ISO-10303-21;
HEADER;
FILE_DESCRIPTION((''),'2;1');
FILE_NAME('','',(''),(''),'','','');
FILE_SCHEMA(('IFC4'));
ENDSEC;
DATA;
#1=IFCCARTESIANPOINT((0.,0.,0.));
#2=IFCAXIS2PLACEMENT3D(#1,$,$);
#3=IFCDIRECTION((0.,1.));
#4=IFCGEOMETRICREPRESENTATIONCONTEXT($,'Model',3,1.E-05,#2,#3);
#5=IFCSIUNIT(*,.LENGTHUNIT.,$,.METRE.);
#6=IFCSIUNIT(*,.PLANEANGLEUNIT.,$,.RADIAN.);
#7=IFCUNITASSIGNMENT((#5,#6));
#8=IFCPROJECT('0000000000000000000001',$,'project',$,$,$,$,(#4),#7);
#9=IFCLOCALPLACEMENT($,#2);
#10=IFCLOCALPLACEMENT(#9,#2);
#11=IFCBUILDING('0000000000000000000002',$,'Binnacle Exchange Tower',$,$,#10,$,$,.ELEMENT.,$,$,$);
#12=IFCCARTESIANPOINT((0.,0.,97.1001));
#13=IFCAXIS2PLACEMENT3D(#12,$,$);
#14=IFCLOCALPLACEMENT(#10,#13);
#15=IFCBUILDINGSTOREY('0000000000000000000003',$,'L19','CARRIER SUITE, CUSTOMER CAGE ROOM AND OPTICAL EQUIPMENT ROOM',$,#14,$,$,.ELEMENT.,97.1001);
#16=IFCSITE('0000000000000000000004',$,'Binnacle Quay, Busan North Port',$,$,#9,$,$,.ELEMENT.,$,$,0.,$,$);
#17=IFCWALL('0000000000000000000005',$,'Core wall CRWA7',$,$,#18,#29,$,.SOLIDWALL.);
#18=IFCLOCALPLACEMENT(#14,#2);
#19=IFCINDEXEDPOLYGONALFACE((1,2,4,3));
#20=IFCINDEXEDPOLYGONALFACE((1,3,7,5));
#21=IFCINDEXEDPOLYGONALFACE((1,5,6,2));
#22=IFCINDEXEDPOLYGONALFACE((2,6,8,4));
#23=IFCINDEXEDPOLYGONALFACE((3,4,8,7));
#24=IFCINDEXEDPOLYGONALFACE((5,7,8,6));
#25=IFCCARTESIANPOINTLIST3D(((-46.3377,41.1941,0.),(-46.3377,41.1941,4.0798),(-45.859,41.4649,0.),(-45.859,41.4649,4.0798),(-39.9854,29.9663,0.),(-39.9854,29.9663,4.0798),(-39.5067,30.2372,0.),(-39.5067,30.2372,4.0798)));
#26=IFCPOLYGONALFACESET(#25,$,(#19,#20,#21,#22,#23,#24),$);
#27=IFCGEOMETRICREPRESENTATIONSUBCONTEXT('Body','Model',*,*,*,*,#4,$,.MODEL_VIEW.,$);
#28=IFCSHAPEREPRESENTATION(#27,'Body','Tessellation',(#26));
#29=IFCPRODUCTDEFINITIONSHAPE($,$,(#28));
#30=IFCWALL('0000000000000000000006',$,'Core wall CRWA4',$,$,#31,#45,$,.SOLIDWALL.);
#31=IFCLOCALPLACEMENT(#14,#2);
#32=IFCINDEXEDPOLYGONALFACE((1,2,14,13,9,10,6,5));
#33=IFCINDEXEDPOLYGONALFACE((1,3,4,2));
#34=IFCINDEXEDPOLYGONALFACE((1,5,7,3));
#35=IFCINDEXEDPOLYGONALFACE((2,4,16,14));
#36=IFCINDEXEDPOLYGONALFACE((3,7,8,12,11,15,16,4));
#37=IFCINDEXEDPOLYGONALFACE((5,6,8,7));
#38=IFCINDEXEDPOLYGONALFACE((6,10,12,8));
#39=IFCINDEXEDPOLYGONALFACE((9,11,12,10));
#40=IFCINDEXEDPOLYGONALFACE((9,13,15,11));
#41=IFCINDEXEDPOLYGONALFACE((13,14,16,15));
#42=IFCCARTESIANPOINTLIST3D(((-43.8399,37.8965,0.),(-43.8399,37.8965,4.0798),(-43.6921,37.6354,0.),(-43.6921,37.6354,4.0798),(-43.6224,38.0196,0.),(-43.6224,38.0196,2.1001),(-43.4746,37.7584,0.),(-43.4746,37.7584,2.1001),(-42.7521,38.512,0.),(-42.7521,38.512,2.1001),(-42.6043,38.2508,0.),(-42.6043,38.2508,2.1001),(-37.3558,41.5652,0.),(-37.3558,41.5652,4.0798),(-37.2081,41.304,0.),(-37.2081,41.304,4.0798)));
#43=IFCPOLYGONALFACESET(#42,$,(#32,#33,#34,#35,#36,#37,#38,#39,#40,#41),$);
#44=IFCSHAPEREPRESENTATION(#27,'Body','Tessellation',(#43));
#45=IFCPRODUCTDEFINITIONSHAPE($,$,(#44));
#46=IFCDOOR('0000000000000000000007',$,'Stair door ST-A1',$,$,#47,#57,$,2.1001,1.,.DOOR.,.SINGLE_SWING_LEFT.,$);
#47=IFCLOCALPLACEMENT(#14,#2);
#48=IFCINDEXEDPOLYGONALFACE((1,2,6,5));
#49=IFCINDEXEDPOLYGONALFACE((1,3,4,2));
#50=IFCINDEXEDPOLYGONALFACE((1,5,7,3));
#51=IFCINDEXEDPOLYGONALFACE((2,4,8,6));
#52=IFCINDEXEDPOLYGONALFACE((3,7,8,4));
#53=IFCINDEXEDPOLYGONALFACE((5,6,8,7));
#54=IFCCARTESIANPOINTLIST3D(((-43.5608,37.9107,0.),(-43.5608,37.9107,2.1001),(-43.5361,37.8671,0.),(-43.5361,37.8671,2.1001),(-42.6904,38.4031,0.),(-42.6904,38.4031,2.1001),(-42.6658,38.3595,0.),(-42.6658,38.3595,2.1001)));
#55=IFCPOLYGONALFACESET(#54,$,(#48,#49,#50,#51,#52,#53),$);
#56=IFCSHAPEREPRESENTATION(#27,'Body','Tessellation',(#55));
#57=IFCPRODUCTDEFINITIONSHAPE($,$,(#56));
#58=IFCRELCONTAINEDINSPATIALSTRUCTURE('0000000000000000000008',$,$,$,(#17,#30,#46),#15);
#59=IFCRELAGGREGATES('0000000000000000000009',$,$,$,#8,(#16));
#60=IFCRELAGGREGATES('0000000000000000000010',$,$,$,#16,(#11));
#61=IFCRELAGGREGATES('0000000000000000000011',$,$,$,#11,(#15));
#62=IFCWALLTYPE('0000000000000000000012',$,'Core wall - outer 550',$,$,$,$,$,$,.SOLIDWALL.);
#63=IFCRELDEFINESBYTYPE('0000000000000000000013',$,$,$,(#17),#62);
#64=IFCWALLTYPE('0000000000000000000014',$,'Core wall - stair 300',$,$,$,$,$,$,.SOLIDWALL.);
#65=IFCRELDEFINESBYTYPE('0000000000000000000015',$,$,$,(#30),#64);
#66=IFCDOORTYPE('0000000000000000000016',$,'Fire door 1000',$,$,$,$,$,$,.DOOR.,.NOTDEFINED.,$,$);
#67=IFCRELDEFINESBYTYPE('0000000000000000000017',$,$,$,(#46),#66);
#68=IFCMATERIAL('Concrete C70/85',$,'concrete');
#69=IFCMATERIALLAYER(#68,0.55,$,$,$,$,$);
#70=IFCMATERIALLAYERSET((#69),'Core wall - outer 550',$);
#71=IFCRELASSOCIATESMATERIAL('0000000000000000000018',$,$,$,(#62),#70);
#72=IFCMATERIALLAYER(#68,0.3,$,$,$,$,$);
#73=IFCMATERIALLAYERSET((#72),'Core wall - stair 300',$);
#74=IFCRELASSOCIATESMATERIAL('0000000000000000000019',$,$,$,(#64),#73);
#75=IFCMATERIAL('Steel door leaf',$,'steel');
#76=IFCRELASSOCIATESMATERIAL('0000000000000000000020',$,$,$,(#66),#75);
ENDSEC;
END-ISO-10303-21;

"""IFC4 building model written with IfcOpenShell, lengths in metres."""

from ifc_helpers import new_model, si_unit, direction, frame, frame_2d, origin, place, context, subcontext, project, spatial, rectangle, extrude, material, layer, layer_set, type_object, element, fill, save


model = new_model("IFC4")

# Units and contexts
model_context = context("Model", 3, precision=1e-05, world=origin(), true_north=direction((0.0, 1.0)))
body_context = subcontext(model_context, "Body", "Model", "MODEL_VIEW")
ifc_project = project(units=[si_unit("LENGTHUNIT", "METRE"), si_unit("PLANEANGLEUNIT", "RADIAN")], contexts=[model_context])

# Site, building, storey
site_placement = place(None, origin())
site = spatial("IfcSite", under=ifc_project, at=site_placement, Name="Binnacle Quay, Busan North Port", CompositionType="ELEMENT", RefElevation=0.0)
building_placement = place(site_placement, origin())
building = spatial("IfcBuilding", under=site, at=building_placement, Name="Binnacle Exchange Tower", CompositionType="ELEMENT")
storey_placement = place(building_placement, frame((0.0, 0.0, 97.1001)))
storey = spatial("IfcBuildingStorey", under=building, at=storey_placement, Name="L19", Description="CARRIER SUITE, CUSTOMER CAGE ROOM AND OPTICAL EQUIPMENT ROOM", CompositionType="ELEMENT", Elevation=97.1001)

# Shared definitions
ifc_material_1 = material(Name="Concrete C70/85", Category="concrete")

# Wall
ifc_layer_1 = layer(ifc_material_1, 0.55)
ifc_layer_set_1 = layer_set([ifc_layer_1], Name="Core wall - outer 550")
wall_type_1 = type_object("IfcWallType", Name="Core wall - outer 550", PredefinedType="SOLIDWALL", material=ifc_layer_set_1)
wall_1_placement = place(storey_placement, frame((-46.0984, 41.3296, 0.0), z_axis=(0.0, 0.0, 1.0), x_axis=(0.492419, -0.870358, 0.0)))
element("IfcWall", 1, at=wall_1_placement, inside=storey, type_object=wall_type_1, Name="Core wall CRWA7", PredefinedType="SOLIDWALL", context=body_context, shape_type="SweptSolid", body=[
    extrude(rectangle(XDim=12.9001, YDim=0.55, at=frame_2d((6.4502, 0.0))), origin(), (0.0, 0.0, 1.0), 4.0798),
])

# Wall, opening, door
ifc_layer_2 = layer(ifc_material_1, 0.3)
ifc_layer_set_2 = layer_set([ifc_layer_2], Name="Core wall - stair 300")
wall_type_2 = type_object("IfcWallType", Name="Core wall - stair 300", PredefinedType="SOLIDWALL", material=ifc_layer_set_2)
wall_2_placement = place(storey_placement, frame((-43.7661, 37.7659, 0.0), z_axis=(0.0, 0.0, 1.0), x_axis=(0.870347, 0.492439, 0.0)))
wall_2 = element("IfcWall", 2, at=wall_2_placement, inside=storey, type_object=wall_type_2, Name="Core wall CRWA4", PredefinedType="SOLIDWALL", context=body_context, shape_type="SweptSolid", body=[
    extrude(rectangle(XDim=7.45, YDim=0.3, at=frame_2d((3.7251, 0.0))), origin(), (0.0, 0.0, 1.0), 4.0798),
])
opening_1_placement = place(wall_2_placement, frame((0.25, 0.0, 0.0)))
opening_1 = element("IfcOpeningElement", 3, at=opening_1_placement, cuts=wall_2, PredefinedType="OPENING", context=body_context, shape_type="SweptSolid", body=[
    extrude(rectangle(XDim=1.0, YDim=2.1001, at=frame_2d((0.5, 1.05))), frame((0.0, 0.1599, 0.0), z_axis=(0.0, -1.0, 0.0), x_axis=(1.0, 0.0, 0.0)), (0.0, 0.0, 1.0), 0.3201),
])
ifc_material_2 = material(Name="Steel door leaf", Category="steel")
door_type = type_object("IfcDoorType", Name="Fire door 1000", OperationType="NOTDEFINED", PredefinedType="DOOR", material=ifc_material_2)
door_placement = place(opening_1_placement, origin())
door = element("IfcDoor", 4, at=door_placement, inside=storey, type_object=door_type, Name="Stair door ST-A1", OperationType="SINGLE_SWING_LEFT", OverallHeight=2.1001, OverallWidth=1.0, PredefinedType="DOOR", context=body_context, shape_type="SweptSolid", body=[
    extrude(rectangle(XDim=1.0, YDim=2.1001, at=frame_2d((0.5, 1.05))), frame((0.0, 0.0249, 0.0), z_axis=(0.0, -1.0, 0.0), x_axis=(1.0, 0.0, 0.0)), (0.0, 0.0, 1.0), 0.05),
])
fill(opening_1, door)

save(model, "model.ifc")
